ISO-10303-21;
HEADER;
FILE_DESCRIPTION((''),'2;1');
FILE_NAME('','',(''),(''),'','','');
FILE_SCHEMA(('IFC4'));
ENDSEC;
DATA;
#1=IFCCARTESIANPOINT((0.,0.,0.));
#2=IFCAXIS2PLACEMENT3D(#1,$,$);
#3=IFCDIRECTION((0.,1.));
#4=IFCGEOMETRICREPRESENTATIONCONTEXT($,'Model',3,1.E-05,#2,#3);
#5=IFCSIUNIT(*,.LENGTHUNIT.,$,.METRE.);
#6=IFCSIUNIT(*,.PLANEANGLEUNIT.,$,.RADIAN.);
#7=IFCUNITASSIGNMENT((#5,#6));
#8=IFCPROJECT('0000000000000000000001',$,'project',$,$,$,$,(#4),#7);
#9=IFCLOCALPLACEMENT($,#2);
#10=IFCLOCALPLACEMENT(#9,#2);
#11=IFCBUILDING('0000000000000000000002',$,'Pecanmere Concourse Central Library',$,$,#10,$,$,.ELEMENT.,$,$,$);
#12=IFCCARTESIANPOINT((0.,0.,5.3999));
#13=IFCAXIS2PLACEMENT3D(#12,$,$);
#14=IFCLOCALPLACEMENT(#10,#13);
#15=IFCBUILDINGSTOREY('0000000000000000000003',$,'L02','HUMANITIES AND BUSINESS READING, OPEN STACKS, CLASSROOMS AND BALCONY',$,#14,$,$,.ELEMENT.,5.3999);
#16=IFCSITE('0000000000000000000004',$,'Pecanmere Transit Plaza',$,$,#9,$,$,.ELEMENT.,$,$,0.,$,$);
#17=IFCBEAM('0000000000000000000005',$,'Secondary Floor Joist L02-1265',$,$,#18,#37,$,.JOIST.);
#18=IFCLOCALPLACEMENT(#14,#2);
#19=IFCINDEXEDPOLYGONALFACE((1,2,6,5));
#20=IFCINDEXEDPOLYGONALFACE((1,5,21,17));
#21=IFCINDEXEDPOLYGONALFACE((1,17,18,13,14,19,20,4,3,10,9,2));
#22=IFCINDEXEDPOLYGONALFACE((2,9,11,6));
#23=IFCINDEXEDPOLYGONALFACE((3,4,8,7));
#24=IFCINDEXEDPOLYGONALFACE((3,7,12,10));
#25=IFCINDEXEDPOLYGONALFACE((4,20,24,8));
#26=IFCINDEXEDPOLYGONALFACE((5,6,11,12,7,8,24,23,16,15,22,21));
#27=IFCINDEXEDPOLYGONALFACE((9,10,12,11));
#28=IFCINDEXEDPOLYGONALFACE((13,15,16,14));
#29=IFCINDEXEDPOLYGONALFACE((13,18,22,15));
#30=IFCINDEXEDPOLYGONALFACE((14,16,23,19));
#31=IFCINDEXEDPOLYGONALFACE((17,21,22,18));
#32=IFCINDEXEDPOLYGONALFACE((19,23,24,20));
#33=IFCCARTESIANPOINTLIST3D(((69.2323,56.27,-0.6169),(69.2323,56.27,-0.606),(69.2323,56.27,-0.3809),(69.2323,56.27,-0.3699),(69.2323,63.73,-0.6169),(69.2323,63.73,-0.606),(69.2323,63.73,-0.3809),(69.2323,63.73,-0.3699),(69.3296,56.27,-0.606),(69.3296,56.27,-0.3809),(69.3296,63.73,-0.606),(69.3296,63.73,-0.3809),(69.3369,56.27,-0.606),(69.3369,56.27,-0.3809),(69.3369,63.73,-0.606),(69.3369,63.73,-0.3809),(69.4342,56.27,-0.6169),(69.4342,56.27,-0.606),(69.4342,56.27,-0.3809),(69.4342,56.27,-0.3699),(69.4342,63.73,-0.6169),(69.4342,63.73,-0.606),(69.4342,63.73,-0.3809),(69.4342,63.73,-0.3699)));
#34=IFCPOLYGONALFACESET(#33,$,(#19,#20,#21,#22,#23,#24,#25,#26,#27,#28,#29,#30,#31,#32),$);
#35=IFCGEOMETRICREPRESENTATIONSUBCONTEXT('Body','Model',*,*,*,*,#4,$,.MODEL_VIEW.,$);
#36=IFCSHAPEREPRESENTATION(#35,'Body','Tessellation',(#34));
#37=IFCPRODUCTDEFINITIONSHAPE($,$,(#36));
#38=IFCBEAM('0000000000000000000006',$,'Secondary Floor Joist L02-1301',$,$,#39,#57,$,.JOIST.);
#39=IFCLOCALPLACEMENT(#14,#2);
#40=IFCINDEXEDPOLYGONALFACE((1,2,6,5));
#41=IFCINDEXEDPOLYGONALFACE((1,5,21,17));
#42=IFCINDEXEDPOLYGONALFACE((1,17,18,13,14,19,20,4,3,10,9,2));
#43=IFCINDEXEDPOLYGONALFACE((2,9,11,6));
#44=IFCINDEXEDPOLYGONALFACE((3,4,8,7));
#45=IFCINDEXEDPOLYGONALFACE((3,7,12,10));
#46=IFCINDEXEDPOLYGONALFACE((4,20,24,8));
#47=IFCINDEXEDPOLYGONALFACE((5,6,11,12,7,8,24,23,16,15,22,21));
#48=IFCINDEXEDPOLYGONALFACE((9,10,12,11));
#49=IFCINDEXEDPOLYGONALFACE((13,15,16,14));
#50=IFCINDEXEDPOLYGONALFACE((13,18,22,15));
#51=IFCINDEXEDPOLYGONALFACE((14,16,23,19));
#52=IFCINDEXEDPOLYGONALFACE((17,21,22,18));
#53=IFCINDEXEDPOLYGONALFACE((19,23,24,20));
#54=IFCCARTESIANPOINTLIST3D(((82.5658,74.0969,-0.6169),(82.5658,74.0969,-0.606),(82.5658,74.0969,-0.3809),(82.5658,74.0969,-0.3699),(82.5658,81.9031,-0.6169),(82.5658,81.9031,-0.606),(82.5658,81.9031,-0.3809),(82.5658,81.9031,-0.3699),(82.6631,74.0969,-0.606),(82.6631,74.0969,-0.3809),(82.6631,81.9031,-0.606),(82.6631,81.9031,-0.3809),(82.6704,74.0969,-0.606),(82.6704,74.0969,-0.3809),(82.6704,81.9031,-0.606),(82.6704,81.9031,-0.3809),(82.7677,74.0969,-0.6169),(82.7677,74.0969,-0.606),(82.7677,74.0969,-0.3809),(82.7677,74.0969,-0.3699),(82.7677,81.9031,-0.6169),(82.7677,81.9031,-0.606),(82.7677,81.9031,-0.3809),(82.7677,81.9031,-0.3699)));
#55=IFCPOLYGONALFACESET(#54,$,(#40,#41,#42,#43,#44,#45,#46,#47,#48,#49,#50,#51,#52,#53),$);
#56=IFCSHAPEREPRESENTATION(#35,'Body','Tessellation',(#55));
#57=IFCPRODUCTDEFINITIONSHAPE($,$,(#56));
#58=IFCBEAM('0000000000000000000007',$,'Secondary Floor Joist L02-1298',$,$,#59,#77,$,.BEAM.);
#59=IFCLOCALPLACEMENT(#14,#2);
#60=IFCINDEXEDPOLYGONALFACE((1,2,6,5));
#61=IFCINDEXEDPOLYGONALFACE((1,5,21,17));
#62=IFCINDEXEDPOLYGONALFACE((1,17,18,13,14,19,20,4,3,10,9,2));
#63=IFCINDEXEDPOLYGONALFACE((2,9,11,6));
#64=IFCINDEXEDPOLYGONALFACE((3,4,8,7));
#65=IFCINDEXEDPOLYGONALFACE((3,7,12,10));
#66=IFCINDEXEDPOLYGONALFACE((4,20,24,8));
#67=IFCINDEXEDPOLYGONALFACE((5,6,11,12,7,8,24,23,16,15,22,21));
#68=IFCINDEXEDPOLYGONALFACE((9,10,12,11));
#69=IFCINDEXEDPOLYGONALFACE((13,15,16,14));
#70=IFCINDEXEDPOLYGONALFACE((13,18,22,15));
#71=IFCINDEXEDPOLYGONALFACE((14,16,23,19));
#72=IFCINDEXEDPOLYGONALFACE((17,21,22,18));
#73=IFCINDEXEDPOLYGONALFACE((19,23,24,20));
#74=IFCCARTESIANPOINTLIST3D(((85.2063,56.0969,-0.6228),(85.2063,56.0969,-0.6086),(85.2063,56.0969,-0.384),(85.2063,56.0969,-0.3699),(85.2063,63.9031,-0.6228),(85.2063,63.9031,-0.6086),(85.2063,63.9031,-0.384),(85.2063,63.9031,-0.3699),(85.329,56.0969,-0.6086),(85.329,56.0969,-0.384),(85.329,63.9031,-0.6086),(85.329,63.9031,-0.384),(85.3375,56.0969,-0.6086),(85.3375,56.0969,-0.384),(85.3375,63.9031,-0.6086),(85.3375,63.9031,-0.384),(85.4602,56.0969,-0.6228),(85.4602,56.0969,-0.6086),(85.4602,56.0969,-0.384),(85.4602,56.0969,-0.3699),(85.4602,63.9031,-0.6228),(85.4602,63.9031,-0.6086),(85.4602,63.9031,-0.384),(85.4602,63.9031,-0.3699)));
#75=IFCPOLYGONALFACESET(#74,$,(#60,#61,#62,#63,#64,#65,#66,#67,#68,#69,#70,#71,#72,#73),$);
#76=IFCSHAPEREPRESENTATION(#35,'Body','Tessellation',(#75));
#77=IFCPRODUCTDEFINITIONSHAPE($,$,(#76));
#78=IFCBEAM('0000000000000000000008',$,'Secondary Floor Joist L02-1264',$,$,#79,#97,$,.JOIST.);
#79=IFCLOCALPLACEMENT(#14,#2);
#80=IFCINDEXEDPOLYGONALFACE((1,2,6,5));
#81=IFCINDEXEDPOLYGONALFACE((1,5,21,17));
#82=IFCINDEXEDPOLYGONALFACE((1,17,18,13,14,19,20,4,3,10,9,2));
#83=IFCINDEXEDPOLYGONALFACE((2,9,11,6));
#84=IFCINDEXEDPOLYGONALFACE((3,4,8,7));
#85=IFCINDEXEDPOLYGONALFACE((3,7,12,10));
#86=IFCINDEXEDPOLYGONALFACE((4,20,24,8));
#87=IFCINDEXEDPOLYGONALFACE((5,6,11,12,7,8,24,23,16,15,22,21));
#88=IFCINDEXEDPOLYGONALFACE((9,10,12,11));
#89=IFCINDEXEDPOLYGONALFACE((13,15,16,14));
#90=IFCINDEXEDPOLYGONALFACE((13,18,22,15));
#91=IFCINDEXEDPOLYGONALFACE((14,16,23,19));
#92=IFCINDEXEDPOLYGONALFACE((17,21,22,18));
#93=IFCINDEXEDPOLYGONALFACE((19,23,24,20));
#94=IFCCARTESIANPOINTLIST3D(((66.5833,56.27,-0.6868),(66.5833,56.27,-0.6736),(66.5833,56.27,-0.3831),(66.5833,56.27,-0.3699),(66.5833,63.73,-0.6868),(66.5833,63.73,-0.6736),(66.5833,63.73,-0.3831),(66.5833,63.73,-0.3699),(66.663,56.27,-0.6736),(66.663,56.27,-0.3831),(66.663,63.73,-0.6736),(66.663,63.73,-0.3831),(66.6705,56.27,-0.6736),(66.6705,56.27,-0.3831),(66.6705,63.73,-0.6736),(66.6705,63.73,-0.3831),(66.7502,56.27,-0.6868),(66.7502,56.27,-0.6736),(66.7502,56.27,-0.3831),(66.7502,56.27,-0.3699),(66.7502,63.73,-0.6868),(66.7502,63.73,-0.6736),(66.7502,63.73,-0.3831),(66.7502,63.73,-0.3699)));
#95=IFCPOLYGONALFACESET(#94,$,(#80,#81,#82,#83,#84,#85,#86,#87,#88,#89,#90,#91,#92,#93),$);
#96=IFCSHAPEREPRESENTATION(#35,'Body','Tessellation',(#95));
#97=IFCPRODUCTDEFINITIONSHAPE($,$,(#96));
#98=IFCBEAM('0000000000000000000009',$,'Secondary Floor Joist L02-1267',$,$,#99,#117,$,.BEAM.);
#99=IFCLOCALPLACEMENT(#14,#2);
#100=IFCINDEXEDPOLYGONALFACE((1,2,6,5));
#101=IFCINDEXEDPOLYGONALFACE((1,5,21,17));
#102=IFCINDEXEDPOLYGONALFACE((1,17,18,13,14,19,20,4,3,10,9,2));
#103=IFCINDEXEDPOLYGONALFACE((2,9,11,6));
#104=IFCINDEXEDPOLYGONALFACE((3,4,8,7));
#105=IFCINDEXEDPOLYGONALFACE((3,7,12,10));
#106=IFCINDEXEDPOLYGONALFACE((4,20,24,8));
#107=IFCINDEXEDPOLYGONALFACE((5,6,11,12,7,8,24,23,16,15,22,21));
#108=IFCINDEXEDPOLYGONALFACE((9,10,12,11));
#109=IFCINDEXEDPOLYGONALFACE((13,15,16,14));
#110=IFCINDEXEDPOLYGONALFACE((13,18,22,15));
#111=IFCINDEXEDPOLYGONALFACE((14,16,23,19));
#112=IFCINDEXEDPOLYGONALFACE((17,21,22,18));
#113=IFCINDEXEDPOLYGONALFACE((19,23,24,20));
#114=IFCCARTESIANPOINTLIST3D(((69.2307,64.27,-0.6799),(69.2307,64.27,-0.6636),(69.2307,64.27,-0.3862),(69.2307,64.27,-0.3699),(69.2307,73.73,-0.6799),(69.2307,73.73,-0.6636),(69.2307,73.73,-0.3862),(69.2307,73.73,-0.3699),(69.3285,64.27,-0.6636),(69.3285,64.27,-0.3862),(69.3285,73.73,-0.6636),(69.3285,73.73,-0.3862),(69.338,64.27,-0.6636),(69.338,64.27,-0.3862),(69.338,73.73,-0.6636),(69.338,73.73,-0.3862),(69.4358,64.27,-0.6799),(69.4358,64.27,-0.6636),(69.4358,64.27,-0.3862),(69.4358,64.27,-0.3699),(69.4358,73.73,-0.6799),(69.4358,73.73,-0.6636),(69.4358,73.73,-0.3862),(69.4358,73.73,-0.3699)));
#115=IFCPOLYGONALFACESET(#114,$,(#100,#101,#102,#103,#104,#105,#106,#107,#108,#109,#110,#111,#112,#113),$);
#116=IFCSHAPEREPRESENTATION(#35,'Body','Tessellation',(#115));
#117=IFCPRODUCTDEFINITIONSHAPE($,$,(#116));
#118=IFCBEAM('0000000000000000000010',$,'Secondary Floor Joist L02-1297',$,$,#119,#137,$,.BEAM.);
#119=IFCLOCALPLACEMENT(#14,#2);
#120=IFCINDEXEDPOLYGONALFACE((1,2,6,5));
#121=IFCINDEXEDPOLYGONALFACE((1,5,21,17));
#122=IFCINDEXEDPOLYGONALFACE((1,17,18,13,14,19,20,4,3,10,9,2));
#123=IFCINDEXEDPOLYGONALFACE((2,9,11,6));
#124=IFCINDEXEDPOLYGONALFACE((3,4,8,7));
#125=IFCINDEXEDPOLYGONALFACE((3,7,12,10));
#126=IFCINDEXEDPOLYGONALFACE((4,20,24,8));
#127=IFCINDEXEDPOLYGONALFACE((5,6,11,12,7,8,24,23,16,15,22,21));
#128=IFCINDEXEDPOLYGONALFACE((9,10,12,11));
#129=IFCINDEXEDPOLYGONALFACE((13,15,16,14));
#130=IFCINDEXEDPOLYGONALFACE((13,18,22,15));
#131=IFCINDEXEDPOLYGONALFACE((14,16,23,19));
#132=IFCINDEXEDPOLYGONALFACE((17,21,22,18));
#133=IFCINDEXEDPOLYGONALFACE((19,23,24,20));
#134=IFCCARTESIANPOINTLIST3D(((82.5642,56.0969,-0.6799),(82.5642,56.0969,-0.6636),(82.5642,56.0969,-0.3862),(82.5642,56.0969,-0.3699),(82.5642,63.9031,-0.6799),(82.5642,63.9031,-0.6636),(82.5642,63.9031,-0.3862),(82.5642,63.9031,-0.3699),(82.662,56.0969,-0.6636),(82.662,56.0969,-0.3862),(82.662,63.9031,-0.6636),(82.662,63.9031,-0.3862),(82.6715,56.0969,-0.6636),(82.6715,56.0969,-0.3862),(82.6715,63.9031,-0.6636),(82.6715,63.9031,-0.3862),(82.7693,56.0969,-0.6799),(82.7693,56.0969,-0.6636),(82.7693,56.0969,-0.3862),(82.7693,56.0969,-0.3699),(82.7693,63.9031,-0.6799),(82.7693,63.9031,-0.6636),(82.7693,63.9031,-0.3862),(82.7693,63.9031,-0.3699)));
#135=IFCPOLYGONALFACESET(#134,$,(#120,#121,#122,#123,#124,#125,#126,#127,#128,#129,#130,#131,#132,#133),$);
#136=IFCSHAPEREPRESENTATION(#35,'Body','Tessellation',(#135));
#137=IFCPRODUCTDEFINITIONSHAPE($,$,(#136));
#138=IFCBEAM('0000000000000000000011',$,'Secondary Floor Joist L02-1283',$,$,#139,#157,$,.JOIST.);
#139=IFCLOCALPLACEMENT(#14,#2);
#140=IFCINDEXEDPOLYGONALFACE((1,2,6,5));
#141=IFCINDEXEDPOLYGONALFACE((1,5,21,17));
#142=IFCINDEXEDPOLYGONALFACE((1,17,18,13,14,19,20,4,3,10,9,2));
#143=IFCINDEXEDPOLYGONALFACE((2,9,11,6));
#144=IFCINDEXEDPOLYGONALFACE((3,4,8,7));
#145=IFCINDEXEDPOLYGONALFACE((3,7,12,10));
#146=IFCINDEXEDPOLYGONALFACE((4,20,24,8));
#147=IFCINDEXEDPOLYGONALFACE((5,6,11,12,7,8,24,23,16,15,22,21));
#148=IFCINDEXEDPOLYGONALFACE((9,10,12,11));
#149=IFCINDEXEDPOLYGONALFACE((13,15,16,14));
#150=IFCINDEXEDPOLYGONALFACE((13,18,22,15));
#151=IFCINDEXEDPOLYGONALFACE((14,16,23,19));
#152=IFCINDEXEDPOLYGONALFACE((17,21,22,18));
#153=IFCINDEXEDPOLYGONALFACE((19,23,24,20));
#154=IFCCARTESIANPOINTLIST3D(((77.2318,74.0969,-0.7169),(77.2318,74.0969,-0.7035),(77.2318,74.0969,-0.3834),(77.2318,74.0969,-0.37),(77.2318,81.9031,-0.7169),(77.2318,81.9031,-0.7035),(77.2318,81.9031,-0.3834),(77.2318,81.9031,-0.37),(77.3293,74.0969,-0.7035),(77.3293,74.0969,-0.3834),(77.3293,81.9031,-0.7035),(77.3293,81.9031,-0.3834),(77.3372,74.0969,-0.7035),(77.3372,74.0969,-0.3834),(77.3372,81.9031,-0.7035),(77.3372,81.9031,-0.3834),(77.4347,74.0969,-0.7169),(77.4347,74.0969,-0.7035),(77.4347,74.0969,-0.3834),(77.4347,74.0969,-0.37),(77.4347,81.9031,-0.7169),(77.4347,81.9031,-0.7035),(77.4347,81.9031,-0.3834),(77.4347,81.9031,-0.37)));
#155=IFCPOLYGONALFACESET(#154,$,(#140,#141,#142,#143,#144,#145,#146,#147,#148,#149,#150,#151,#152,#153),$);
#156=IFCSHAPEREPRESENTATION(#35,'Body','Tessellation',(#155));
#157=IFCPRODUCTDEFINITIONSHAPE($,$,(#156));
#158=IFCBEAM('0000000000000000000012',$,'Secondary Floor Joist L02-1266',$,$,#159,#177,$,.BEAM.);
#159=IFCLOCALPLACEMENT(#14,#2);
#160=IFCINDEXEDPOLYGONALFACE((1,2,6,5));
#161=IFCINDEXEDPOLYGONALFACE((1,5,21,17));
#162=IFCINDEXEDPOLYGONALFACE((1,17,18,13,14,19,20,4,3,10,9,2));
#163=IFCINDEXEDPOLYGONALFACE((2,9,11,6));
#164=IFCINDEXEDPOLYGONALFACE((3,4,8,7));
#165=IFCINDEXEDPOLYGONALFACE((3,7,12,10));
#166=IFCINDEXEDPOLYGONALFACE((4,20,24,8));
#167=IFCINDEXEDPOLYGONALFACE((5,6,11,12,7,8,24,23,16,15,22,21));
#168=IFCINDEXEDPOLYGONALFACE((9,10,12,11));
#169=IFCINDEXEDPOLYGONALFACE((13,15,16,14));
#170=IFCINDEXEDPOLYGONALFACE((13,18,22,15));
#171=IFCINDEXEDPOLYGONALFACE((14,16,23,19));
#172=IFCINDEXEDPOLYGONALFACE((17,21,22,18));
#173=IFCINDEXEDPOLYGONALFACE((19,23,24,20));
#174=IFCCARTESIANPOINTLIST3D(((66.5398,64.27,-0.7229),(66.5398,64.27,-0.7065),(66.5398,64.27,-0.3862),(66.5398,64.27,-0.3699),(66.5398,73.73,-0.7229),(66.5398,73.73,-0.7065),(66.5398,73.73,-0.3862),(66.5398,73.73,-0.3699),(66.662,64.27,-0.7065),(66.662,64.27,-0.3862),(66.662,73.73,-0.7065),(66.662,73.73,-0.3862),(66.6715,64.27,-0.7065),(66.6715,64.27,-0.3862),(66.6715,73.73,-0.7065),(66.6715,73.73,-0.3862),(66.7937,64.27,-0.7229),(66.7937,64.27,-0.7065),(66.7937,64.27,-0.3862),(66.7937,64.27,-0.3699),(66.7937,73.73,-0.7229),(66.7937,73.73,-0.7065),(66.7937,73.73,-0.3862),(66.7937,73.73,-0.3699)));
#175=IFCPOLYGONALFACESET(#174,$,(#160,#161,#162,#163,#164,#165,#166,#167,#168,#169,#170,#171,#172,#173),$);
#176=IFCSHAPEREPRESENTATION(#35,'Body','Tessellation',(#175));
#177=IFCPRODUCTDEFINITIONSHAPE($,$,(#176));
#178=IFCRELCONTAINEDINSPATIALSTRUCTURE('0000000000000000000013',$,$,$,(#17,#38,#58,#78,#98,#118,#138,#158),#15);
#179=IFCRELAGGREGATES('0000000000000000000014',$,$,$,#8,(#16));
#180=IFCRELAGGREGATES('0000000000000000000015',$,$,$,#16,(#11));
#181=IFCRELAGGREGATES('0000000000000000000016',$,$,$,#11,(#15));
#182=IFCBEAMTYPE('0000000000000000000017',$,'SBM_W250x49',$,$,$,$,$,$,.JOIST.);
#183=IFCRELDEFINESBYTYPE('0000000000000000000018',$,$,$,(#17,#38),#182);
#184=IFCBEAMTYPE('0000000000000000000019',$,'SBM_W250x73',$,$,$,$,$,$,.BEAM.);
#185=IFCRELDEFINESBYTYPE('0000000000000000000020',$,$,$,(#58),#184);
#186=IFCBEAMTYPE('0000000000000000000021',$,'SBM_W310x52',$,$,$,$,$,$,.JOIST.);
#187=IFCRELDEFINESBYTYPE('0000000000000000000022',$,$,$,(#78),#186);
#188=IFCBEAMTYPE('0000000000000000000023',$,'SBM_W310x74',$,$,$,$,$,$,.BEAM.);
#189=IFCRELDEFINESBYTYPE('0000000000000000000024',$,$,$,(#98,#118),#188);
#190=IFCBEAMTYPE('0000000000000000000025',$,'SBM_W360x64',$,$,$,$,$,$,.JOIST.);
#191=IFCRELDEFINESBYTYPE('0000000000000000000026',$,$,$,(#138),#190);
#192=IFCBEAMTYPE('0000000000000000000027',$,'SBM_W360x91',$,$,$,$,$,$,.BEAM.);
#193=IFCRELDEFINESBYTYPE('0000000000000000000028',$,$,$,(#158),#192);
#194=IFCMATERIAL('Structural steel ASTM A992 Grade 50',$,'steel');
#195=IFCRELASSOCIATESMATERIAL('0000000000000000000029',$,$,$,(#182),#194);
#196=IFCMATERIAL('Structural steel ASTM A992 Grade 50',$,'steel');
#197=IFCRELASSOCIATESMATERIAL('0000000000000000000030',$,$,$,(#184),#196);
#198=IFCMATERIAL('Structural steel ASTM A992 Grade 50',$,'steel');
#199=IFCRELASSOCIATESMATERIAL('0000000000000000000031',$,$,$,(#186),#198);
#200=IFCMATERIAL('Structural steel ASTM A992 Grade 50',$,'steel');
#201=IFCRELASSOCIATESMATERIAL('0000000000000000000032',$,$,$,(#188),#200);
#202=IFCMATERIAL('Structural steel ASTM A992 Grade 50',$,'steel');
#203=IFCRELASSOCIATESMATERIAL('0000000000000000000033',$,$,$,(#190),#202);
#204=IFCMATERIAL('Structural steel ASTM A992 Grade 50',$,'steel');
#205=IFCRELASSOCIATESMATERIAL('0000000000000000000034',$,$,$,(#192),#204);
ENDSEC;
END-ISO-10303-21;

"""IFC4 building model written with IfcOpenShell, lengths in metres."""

from ifc_helpers import new_model, si_unit, direction, frame, origin, origin_2d, place, context, subcontext, project, spatial, i_section, extrude, material, material_profile, profile_set, type_object, element, save


model = new_model("IFC4")

# Units and contexts
model_context = context("Model", 3, precision=1e-05, world=origin(), true_north=direction((0.0, 1.0)))
body_context = subcontext(model_context, "Body", "Model", "MODEL_VIEW")
ifc_project = project(units=[si_unit("LENGTHUNIT", "METRE"), si_unit("PLANEANGLEUNIT", "RADIAN")], contexts=[model_context])

# Site, building, storey
site_placement = place(None, origin())
site = spatial("IfcSite", under=ifc_project, at=site_placement, Name="Pecanmere Transit Plaza", CompositionType="ELEMENT", RefElevation=0.0)
building_placement = place(site_placement, origin())
building = spatial("IfcBuilding", under=site, at=building_placement, Name="Pecanmere Concourse Central Library", CompositionType="ELEMENT")
storey_placement = place(building_placement, frame((0.0, 0.0, 5.3999)))
storey = spatial("IfcBuildingStorey", under=building, at=storey_placement, Name="L02", Description="HUMANITIES AND BUSINESS READING, OPEN STACKS, CLASSROOMS AND BALCONY", CompositionType="ELEMENT", Elevation=5.3999)

# Beams
ifc_material_1 = material(Name="Structural steel ASTM A992 Grade 50", Category="steel")
ifc_material_profile_1 = material_profile(ifc_material_1, i_section(OverallWidth=0.2019, OverallDepth=0.2471, WebThickness=0.0073, FlangeThickness=0.011, at=origin_2d()), Name="W250x49.1")
ifc_profile_set_1 = profile_set([ifc_material_profile_1], Name="Structural steel ASTM A992 Grade 50")
beam_type_1 = type_object("IfcBeamType", Name="SBM_W250x49", PredefinedType="JOIST", material=ifc_profile_set_1)
beam_1_placement = place(storey_placement, frame((69.3333, 56.27, -0.4934), z_axis=(0.0, 1.0, 0.0), x_axis=(-1.0, 0.0, 0.0)))
element("IfcBeam", 1, at=beam_1_placement, inside=storey, type_object=beam_type_1, Name="Secondary Floor Joist L02-1265", PredefinedType="JOIST", context=body_context, shape_type="SweptSolid", body=[
    extrude(i_section(OverallWidth=0.2019, OverallDepth=0.2471, WebThickness=0.0073, FlangeThickness=0.011, at=origin_2d()), origin(), (0.0, 0.0, 1.0), 7.46),
])
beam_2_placement = place(storey_placement, frame((82.6667, 74.0969, -0.4934), z_axis=(0.0, 1.0, 0.0), x_axis=(-1.0, 0.0, 0.0)))
element("IfcBeam", 2, at=beam_2_placement, inside=storey, type_object=beam_type_1, Name="Secondary Floor Joist L02-1301", PredefinedType="JOIST", context=body_context, shape_type="SweptSolid", body=[
    extrude(i_section(OverallWidth=0.2019, OverallDepth=0.2471, WebThickness=0.0073, FlangeThickness=0.011, at=origin_2d()), origin(), (0.0, 0.0, 1.0), 7.8062),
])
ifc_material_2 = material(Name="Structural steel ASTM A992 Grade 50", Category="steel")
ifc_material_profile_2 = material_profile(ifc_material_2, i_section(OverallWidth=0.2539, OverallDepth=0.2529, WebThickness=0.0085, FlangeThickness=0.0142, at=origin_2d()), Name="W250x73")
ifc_profile_set_2 = profile_set([ifc_material_profile_2], Name="Structural steel ASTM A992 Grade 50")
beam_type_2 = type_object("IfcBeamType", Name="SBM_W250x73", PredefinedType="BEAM", material=ifc_profile_set_2)
beam_3_placement = place(storey_placement, frame((85.3333, 56.0969, -0.4963), z_axis=(0.0, 1.0, 0.0), x_axis=(-1.0, 0.0, 0.0)))
element("IfcBeam", 3, at=beam_3_placement, inside=storey, type_object=beam_type_2, Name="Secondary Floor Joist L02-1298", PredefinedType="BEAM", context=body_context, shape_type="SweptSolid", body=[
    extrude(i_section(OverallWidth=0.2539, OverallDepth=0.2529, WebThickness=0.0085, FlangeThickness=0.0142, at=origin_2d()), origin(), (0.0, 0.0, 1.0), 7.8062),
])
ifc_material_3 = material(Name="Structural steel ASTM A992 Grade 50", Category="steel")
ifc_material_profile_3 = material_profile(ifc_material_3, i_section(OverallWidth=0.167, OverallDepth=0.3169, WebThickness=0.0076, FlangeThickness=0.0132, at=origin_2d()), Name="W310x52")
ifc_profile_set_3 = profile_set([ifc_material_profile_3], Name="Structural steel ASTM A992 Grade 50")
beam_type_3 = type_object("IfcBeamType", Name="SBM_W310x52", PredefinedType="JOIST", material=ifc_profile_set_3)
beam_4_placement = place(storey_placement, frame((66.6667, 56.27, -0.5283), z_axis=(0.0, 1.0, 0.0), x_axis=(-1.0, 0.0, 0.0)))
element("IfcBeam", 4, at=beam_4_placement, inside=storey, type_object=beam_type_3, Name="Secondary Floor Joist L02-1264", PredefinedType="JOIST", context=body_context, shape_type="SweptSolid", body=[
    extrude(i_section(OverallWidth=0.167, OverallDepth=0.3169, WebThickness=0.0076, FlangeThickness=0.0132, at=origin_2d()), origin(), (0.0, 0.0, 1.0), 7.46),
])
ifc_material_4 = material(Name="Structural steel ASTM A992 Grade 50", Category="steel")
ifc_material_profile_4 = material_profile(ifc_material_4, i_section(OverallWidth=0.2051, OverallDepth=0.3101, WebThickness=0.0095, FlangeThickness=0.0164, at=origin_2d()), Name="W310x74")
ifc_profile_set_4 = profile_set([ifc_material_profile_4], Name="Structural steel ASTM A992 Grade 50")
beam_type_4 = type_object("IfcBeamType", Name="SBM_W310x74", PredefinedType="BEAM", material=ifc_profile_set_4)
beam_5_placement = place(storey_placement, frame((69.3333, 64.27, -0.5249), z_axis=(0.0, 1.0, 0.0), x_axis=(-1.0, 0.0, 0.0)))
element("IfcBeam", 5, at=beam_5_placement, inside=storey, type_object=beam_type_4, Name="Secondary Floor Joist L02-1267", PredefinedType="BEAM", context=body_context, shape_type="SweptSolid", body=[
    extrude(i_section(OverallWidth=0.2051, OverallDepth=0.3101, WebThickness=0.0095, FlangeThickness=0.0164, at=origin_2d()), origin(), (0.0, 0.0, 1.0), 9.46),
])
beam_6_placement = place(storey_placement, frame((82.6667, 56.0969, -0.5249), z_axis=(0.0, 1.0, 0.0), x_axis=(-1.0, 0.0, 0.0)))
element("IfcBeam", 6, at=beam_6_placement, inside=storey, type_object=beam_type_4, Name="Secondary Floor Joist L02-1297", PredefinedType="BEAM", context=body_context, shape_type="SweptSolid", body=[
    extrude(i_section(OverallWidth=0.2051, OverallDepth=0.3101, WebThickness=0.0095, FlangeThickness=0.0164, at=origin_2d()), origin(), (0.0, 0.0, 1.0), 7.8062),
])
ifc_material_5 = material(Name="Structural steel ASTM A992 Grade 50", Category="steel")
ifc_material_profile_5 = material_profile(ifc_material_5, i_section(OverallWidth=0.2029, OverallDepth=0.3469, WebThickness=0.0078, FlangeThickness=0.0134, at=origin_2d()), Name="W360x64")
ifc_profile_set_5 = profile_set([ifc_material_profile_5], Name="Structural steel ASTM A992 Grade 50")
beam_type_5 = type_object("IfcBeamType", Name="SBM_W360x64", PredefinedType="JOIST", material=ifc_profile_set_5)
beam_7_placement = place(storey_placement, frame((77.3333, 74.0969, -0.5435), z_axis=(0.0, 1.0, 0.0), x_axis=(-1.0, 0.0, 0.0)))
element("IfcBeam", 7, at=beam_7_placement, inside=storey, type_object=beam_type_5, Name="Secondary Floor Joist L02-1283", PredefinedType="JOIST", context=body_context, shape_type="SweptSolid", body=[
    extrude(i_section(OverallWidth=0.2029, OverallDepth=0.3469, WebThickness=0.0078, FlangeThickness=0.0134, at=origin_2d()), origin(), (0.0, 0.0, 1.0), 7.8062),
])
ifc_material_6 = material(Name="Structural steel ASTM A992 Grade 50", Category="steel")
ifc_material_profile_6 = material_profile(ifc_material_6, i_section(OverallWidth=0.2539, OverallDepth=0.353, WebThickness=0.0095, FlangeThickness=0.0164, at=origin_2d()), Name="W360x91")
ifc_profile_set_6 = profile_set([ifc_material_profile_6], Name="Structural steel ASTM A992 Grade 50")
beam_type_6 = type_object("IfcBeamType", Name="SBM_W360x91", PredefinedType="BEAM", material=ifc_profile_set_6)
beam_8_placement = place(storey_placement, frame((66.6667, 64.27, -0.5464), z_axis=(0.0, 1.0, 0.0), x_axis=(-1.0, 0.0, 0.0)))
element("IfcBeam", 8, at=beam_8_placement, inside=storey, type_object=beam_type_6, Name="Secondary Floor Joist L02-1266", PredefinedType="BEAM", context=body_context, shape_type="SweptSolid", body=[
    extrude(i_section(OverallWidth=0.2539, OverallDepth=0.353, WebThickness=0.0095, FlangeThickness=0.0164, at=origin_2d()), origin(), (0.0, 0.0, 1.0), 9.46),
])

save(model, "model.ifc")
